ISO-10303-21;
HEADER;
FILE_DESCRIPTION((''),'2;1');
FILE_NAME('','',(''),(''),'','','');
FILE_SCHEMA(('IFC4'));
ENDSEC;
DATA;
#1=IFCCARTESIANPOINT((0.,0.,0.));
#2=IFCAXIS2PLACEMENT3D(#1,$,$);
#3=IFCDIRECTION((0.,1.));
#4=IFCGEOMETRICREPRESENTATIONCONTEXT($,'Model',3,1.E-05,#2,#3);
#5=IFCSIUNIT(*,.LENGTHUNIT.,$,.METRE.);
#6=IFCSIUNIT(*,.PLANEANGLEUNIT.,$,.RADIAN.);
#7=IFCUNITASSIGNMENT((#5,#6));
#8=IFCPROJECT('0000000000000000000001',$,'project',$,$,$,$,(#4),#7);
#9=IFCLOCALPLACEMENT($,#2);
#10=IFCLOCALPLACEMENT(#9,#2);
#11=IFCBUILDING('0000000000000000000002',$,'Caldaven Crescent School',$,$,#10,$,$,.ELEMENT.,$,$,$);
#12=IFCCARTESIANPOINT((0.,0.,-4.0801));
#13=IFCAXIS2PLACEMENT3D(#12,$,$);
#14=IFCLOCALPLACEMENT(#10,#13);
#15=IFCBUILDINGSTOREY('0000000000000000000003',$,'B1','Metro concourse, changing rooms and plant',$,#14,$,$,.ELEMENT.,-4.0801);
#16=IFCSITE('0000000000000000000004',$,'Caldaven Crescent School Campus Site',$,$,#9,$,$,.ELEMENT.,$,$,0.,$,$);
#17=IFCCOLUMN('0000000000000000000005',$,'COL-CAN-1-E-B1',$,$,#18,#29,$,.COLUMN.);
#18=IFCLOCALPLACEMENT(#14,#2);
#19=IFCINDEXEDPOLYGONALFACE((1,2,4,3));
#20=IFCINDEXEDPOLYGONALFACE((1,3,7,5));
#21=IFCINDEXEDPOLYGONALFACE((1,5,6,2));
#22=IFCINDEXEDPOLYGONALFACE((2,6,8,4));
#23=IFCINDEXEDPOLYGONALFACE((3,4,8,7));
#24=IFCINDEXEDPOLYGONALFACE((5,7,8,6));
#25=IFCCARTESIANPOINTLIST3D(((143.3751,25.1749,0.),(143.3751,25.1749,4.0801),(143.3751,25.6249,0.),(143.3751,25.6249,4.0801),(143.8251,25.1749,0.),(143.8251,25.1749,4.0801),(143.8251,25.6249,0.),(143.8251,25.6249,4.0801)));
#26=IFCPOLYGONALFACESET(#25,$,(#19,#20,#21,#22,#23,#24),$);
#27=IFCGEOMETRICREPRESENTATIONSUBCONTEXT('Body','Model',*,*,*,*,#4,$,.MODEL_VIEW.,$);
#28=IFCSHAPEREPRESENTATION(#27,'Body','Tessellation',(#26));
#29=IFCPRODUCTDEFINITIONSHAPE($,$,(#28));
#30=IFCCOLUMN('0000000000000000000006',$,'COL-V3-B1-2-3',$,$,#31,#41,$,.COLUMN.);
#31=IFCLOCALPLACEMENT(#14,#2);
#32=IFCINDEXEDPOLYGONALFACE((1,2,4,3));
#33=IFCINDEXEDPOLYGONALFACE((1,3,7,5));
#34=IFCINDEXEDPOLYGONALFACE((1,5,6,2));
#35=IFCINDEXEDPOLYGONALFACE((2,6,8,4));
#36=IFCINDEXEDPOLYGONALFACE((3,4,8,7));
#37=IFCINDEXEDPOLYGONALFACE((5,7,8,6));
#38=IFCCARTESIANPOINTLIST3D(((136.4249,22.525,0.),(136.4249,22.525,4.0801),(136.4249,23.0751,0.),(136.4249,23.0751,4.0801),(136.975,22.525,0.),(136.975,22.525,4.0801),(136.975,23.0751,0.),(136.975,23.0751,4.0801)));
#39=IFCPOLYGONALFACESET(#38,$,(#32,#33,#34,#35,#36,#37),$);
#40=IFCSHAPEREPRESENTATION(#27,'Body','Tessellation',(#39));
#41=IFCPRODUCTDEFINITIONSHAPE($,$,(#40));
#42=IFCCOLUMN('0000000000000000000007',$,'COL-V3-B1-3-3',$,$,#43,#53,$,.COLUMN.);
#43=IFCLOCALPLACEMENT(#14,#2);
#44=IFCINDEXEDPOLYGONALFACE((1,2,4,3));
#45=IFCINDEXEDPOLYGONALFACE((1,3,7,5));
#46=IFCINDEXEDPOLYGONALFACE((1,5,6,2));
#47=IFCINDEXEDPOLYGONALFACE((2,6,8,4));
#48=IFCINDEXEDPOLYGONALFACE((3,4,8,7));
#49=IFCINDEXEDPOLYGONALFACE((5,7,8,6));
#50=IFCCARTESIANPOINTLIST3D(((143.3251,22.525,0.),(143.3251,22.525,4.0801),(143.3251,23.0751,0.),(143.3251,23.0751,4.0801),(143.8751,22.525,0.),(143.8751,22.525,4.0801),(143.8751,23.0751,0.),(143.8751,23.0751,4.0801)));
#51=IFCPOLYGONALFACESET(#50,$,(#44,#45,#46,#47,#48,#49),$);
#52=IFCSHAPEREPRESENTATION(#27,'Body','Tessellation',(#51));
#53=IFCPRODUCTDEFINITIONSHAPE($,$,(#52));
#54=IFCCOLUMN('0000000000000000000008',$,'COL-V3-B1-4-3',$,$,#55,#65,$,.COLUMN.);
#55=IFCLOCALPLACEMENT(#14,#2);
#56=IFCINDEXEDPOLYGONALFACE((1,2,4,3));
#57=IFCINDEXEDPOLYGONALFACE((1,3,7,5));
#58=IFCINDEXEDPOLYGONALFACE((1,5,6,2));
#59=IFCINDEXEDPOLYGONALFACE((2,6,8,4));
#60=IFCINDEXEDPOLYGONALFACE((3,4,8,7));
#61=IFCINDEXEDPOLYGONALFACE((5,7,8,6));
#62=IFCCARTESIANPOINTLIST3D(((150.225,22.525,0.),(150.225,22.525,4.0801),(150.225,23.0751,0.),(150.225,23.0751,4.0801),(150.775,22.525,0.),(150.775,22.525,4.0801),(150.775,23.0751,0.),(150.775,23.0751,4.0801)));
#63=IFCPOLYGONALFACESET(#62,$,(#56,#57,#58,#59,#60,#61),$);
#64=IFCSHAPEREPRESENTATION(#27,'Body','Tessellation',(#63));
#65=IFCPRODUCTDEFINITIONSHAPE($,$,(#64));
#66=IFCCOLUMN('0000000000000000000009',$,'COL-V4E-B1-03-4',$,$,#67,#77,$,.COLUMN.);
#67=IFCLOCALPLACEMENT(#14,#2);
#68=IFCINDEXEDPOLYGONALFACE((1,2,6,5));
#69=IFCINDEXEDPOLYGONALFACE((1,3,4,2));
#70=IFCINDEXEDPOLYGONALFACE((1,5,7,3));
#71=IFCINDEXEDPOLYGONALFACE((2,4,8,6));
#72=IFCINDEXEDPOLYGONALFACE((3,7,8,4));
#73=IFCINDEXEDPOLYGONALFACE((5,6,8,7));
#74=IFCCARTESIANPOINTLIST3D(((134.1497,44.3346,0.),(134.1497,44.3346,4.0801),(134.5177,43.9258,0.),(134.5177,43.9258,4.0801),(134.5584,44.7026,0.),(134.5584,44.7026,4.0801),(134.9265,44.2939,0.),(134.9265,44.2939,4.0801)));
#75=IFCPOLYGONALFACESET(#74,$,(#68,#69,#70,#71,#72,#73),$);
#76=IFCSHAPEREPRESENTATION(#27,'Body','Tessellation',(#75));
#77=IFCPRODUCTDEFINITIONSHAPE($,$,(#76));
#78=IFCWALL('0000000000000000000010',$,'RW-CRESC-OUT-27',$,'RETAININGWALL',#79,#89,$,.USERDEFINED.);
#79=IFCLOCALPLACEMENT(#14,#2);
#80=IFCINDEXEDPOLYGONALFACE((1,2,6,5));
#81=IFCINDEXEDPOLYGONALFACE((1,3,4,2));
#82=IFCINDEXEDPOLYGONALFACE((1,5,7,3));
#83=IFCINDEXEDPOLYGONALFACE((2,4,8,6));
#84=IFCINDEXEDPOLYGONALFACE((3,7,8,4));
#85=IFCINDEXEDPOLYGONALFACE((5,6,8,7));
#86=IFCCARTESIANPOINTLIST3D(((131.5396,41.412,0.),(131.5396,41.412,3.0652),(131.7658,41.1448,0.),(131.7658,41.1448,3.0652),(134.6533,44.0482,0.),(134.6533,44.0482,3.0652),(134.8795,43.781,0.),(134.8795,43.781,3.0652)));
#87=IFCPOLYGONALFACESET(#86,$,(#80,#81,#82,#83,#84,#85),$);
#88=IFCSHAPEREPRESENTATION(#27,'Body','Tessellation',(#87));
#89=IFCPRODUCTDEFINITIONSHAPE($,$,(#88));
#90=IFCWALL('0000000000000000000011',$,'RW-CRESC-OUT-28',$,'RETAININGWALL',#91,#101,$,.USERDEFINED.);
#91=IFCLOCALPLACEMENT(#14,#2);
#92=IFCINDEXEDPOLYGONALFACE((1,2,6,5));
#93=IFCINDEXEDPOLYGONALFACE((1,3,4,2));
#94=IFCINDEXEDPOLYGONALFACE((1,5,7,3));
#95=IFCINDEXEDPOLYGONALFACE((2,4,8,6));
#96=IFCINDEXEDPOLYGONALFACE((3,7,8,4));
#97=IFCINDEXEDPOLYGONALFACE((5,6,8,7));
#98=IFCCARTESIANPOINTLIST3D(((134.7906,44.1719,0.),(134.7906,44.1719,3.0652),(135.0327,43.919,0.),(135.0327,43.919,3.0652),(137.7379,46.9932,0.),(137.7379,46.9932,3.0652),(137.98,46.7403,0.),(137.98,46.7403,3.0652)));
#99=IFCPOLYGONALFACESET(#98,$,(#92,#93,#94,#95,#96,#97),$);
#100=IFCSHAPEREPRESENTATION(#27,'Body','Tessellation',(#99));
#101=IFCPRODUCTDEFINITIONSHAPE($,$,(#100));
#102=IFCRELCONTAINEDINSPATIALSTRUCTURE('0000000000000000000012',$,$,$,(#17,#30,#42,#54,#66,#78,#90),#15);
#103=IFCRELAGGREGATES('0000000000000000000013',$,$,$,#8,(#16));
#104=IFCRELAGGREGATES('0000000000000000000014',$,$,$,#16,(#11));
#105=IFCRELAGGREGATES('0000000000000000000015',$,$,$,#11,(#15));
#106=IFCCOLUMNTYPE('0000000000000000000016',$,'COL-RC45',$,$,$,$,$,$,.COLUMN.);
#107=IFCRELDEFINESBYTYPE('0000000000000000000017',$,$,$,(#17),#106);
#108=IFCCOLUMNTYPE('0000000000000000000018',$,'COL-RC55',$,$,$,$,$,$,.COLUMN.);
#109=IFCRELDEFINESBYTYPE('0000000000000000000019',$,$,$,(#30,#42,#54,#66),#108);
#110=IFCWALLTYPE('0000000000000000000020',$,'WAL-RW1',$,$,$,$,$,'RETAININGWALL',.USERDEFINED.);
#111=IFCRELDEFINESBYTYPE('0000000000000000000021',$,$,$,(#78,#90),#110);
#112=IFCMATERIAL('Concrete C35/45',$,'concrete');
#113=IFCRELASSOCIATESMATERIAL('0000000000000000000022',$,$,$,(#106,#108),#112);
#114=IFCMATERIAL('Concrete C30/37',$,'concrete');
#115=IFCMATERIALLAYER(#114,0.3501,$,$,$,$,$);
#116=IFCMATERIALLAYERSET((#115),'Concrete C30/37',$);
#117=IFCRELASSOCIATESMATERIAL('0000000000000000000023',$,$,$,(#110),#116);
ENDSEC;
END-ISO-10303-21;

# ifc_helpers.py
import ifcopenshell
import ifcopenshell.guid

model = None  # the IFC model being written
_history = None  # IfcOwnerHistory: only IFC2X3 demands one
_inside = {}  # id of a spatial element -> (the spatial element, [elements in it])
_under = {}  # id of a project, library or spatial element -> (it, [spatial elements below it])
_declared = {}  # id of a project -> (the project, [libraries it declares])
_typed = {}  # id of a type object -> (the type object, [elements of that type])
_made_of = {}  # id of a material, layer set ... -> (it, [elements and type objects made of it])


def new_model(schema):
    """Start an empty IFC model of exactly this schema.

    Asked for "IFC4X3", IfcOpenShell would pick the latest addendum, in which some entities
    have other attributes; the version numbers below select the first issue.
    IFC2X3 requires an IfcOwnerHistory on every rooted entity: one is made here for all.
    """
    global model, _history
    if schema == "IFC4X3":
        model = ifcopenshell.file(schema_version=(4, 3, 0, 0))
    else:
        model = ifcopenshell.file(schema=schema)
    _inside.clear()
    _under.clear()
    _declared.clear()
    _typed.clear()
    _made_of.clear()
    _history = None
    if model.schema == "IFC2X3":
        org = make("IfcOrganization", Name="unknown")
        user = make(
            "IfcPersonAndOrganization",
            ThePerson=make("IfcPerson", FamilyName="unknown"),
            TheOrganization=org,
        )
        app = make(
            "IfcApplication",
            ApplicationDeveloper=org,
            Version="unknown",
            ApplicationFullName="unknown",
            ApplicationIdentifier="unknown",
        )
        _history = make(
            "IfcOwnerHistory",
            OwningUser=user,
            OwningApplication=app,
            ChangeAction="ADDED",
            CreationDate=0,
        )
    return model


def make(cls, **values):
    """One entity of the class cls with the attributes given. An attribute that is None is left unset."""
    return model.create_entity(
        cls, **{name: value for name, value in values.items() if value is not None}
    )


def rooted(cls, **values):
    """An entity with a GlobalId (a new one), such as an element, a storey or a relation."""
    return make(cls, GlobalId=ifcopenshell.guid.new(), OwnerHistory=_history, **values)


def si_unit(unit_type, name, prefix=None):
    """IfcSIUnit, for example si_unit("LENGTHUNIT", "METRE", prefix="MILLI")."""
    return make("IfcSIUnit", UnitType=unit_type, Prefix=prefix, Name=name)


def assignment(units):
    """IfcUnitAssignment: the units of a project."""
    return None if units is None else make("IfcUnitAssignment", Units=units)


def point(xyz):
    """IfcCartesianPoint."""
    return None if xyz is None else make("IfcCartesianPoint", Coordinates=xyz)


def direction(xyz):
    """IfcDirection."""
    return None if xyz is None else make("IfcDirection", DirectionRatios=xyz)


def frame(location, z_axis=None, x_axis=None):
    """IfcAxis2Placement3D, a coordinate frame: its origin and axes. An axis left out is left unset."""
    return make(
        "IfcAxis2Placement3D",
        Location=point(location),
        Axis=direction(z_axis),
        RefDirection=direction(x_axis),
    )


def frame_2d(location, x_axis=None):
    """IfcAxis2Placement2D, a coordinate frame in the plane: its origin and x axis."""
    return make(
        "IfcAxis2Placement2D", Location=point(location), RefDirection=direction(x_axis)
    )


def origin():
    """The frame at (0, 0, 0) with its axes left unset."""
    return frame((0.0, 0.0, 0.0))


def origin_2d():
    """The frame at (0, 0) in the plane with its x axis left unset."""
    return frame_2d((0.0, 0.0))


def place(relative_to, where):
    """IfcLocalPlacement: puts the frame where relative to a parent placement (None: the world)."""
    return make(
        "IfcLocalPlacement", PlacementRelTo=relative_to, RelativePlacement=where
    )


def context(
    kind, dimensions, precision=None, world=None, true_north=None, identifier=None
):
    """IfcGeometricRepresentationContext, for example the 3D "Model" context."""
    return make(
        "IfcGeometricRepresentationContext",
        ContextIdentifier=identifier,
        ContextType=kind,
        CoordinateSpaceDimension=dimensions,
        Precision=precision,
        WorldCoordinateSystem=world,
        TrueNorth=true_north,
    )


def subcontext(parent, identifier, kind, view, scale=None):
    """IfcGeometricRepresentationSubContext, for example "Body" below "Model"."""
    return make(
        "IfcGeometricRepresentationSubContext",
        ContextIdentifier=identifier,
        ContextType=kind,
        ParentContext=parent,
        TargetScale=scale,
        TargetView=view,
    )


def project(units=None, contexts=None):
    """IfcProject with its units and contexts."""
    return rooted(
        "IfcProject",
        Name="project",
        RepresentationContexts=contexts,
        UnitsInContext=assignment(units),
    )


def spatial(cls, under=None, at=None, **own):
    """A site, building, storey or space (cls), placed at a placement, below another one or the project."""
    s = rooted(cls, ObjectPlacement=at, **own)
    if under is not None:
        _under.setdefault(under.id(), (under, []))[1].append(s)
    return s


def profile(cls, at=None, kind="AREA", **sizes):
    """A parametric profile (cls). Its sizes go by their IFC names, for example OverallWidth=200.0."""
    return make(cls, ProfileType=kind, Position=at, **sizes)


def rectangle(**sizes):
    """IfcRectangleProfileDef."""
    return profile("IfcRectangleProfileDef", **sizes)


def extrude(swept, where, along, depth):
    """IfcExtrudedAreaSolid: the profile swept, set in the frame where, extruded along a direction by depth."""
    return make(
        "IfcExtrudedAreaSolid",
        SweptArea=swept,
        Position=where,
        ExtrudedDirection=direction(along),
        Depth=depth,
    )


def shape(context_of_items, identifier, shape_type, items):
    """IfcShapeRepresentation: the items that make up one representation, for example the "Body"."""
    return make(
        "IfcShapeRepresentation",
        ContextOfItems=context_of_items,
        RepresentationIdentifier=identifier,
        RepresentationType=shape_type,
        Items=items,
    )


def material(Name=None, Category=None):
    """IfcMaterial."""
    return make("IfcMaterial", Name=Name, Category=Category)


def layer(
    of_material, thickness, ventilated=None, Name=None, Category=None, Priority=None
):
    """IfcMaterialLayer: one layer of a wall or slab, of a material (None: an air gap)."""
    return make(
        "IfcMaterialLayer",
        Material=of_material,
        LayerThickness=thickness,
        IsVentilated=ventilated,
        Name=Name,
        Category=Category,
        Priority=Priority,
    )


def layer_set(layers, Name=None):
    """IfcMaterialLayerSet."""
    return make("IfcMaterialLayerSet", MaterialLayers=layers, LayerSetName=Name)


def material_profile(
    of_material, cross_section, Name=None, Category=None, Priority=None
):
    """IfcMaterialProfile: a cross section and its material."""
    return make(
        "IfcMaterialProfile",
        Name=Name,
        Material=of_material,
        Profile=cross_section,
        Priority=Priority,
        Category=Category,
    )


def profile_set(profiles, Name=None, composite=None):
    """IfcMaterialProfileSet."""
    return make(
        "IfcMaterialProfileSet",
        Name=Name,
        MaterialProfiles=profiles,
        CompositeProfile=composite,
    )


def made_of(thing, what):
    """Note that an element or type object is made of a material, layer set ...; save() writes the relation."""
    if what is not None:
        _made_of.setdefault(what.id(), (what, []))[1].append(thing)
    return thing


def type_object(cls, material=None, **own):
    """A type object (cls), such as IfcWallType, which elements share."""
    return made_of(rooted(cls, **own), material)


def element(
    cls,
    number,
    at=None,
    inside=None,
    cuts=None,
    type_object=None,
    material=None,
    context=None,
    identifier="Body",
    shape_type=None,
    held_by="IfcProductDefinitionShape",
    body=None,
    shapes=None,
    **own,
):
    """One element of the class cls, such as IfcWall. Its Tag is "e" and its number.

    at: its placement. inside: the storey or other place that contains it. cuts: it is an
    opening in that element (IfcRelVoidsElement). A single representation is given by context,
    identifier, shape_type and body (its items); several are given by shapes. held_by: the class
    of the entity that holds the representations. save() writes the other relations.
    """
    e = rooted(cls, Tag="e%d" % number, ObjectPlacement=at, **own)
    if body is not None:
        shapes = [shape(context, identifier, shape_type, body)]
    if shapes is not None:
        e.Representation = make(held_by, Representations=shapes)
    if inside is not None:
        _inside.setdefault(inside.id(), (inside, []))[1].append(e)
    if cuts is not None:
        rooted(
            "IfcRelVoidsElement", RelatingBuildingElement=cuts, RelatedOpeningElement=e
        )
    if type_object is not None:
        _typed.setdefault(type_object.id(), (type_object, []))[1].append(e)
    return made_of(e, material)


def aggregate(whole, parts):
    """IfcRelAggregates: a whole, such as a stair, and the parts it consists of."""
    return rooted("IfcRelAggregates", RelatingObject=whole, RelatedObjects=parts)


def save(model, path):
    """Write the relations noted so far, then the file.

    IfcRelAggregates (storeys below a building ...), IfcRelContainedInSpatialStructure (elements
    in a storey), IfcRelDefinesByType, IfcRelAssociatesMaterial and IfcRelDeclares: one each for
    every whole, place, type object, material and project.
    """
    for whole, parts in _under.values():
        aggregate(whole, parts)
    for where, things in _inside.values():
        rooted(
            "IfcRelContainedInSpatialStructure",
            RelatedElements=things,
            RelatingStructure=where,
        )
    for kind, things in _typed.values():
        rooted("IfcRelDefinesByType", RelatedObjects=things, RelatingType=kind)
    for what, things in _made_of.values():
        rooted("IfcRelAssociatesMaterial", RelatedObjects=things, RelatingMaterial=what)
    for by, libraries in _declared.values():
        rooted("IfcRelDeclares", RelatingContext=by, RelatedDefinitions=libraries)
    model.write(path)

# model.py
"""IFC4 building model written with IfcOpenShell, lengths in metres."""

from ifc_helpers import new_model, si_unit, direction, frame, frame_2d, origin, origin_2d, place, context, subcontext, project, spatial, rectangle, extrude, material, layer, layer_set, material_profile, profile_set, type_object, element, save


model = new_model("IFC4")

# Units and contexts
model_context = context("Model", 3, precision=1e-05, world=origin(), true_north=direction((0.0, 1.0)))
body_context = subcontext(model_context, "Body", "Model", "MODEL_VIEW")
ifc_project = project(units=[si_unit("LENGTHUNIT", "METRE"), si_unit("PLANEANGLEUNIT", "RADIAN")], contexts=[model_context])

# Site, building, storey
site_placement = place(None, origin())
site = spatial("IfcSite", under=ifc_project, at=site_placement, Name="Caldaven Crescent School Campus Site", CompositionType="ELEMENT", RefElevation=0.0)
building_placement = place(site_placement, origin())
building = spatial("IfcBuilding", under=site, at=building_placement, Name="Caldaven Crescent School", CompositionType="ELEMENT")
storey_placement = place(building_placement, frame((0.0, 0.0, -4.0801)))
storey = spatial("IfcBuildingStorey", under=building, at=storey_placement, Name="B1", Description="Metro concourse, changing rooms and plant", CompositionType="ELEMENT", Elevation=-4.0801)

# Shared definitions
ifc_material_1 = material(Name="Concrete C30/37", Category="concrete")
ifc_material_2 = material(Name="Concrete C35/45", Category="concrete")

# Columns
ifc_material_profile_1 = material_profile(ifc_material_2, rectangle(XDim=0.45, YDim=0.45, at=origin_2d()), Name="RC 450x450")
ifc_profile_set_1 = profile_set([ifc_material_profile_1], Name="Concrete C35/45")
column_type_1 = type_object("IfcColumnType", Name="COL-RC45", PredefinedType="COLUMN", material=ifc_profile_set_1)
for number, where, z_axis, x_axis, name in (
    (1, (143.6001, 25.3999, 0.0), (0.0, 0.0, 1.0), (1.0, 0.0, 0.0), "COL-CAN-1-E-B1"),
):
    element("IfcColumn", number, at=place(storey_placement, frame(where, z_axis=z_axis, x_axis=x_axis)), inside=storey, type_object=column_type_1, Name=name, PredefinedType="COLUMN", context=body_context, shape_type="SweptSolid", body=[
        extrude(rectangle(XDim=0.45, YDim=0.45, at=origin_2d()), origin(), (0.0, 0.0, 1.0), 4.0801),
    ])
ifc_material_profile_2 = material_profile(ifc_material_2, rectangle(XDim=0.55, YDim=0.55, at=origin_2d()), Name="RC 550x550")
ifc_profile_set_2 = profile_set([ifc_material_profile_2], Name="Concrete C35/45")
column_type_2 = type_object("IfcColumnType", Name="COL-RC55", PredefinedType="COLUMN", material=ifc_profile_set_2)
for number, where, z_axis, x_axis, name in (
    (2, (136.7, 22.8, 0.0), (0.0, 0.0, 1.0), (1.0, 0.0, 0.0), "COL-V3-B1-2-3"),
    (3, (143.6001, 22.8, 0.0), (0.0, 0.0, 1.0), (1.0, 0.0, 0.0), "COL-V3-B1-3-3"),
    (4, (150.5, 22.8, 0.0), (0.0, 0.0, 1.0), (1.0, 0.0, 0.0), "COL-V3-B1-4-3"),
    (5, (134.5381, 44.3142, 0.0), (0.0, 0.0, 1.0), (0.669131, -0.743145, 0.0), "COL-V4E-B1-03-4"),
):
    element("IfcColumn", number, at=place(storey_placement, frame(where, z_axis=z_axis, x_axis=x_axis)), inside=storey, type_object=column_type_2, Name=name, PredefinedType="COLUMN", context=body_context, shape_type="SweptSolid", body=[
        extrude(rectangle(XDim=0.55, YDim=0.55, at=origin_2d()), origin(), (0.0, 0.0, 1.0), 4.0801),
    ])

# Walls
ifc_layer = layer(ifc_material_1, 0.3501)
ifc_layer_set = layer_set([ifc_layer], Name="Concrete C30/37")
wall_type = type_object("IfcWallType", Name="WAL-RW1", ElementType="RETAININGWALL", PredefinedType="USERDEFINED", material=ifc_layer_set)
wall_1_placement = place(storey_placement, frame((131.6526, 41.2783, 0.0), z_axis=(0.0, 0.0, 1.0), x_axis=(0.763205, 0.646157, 0.0)))
element("IfcWall", 6, at=wall_1_placement, inside=storey, type_object=wall_type, Name="RW-CRESC-OUT-27", ObjectType="RETAININGWALL", PredefinedType="USERDEFINED", context=body_context, shape_type="SweptSolid", body=[
    extrude(rectangle(XDim=4.0798, YDim=0.3501, at=frame_2d((2.04, 0.0))), origin(), (0.0, 0.0, 1.0), 3.0652),
])
wall_2_placement = place(storey_placement, frame((134.9116, 44.0454, 0.0), z_axis=(0.0, 0.0, 1.0), x_axis=(0.722377, 0.6915, 0.0)))
element("IfcWall", 7, at=wall_2_placement, inside=storey, type_object=wall_type, Name="RW-CRESC-OUT-28", ObjectType="RETAININGWALL", PredefinedType="USERDEFINED", context=body_context, shape_type="SweptSolid", body=[
    extrude(rectangle(XDim=4.0801, YDim=0.3501, at=frame_2d((2.04, 0.0))), origin(), (0.0, 0.0, 1.0), 3.0652),
])

save(model, "model.ifc")
